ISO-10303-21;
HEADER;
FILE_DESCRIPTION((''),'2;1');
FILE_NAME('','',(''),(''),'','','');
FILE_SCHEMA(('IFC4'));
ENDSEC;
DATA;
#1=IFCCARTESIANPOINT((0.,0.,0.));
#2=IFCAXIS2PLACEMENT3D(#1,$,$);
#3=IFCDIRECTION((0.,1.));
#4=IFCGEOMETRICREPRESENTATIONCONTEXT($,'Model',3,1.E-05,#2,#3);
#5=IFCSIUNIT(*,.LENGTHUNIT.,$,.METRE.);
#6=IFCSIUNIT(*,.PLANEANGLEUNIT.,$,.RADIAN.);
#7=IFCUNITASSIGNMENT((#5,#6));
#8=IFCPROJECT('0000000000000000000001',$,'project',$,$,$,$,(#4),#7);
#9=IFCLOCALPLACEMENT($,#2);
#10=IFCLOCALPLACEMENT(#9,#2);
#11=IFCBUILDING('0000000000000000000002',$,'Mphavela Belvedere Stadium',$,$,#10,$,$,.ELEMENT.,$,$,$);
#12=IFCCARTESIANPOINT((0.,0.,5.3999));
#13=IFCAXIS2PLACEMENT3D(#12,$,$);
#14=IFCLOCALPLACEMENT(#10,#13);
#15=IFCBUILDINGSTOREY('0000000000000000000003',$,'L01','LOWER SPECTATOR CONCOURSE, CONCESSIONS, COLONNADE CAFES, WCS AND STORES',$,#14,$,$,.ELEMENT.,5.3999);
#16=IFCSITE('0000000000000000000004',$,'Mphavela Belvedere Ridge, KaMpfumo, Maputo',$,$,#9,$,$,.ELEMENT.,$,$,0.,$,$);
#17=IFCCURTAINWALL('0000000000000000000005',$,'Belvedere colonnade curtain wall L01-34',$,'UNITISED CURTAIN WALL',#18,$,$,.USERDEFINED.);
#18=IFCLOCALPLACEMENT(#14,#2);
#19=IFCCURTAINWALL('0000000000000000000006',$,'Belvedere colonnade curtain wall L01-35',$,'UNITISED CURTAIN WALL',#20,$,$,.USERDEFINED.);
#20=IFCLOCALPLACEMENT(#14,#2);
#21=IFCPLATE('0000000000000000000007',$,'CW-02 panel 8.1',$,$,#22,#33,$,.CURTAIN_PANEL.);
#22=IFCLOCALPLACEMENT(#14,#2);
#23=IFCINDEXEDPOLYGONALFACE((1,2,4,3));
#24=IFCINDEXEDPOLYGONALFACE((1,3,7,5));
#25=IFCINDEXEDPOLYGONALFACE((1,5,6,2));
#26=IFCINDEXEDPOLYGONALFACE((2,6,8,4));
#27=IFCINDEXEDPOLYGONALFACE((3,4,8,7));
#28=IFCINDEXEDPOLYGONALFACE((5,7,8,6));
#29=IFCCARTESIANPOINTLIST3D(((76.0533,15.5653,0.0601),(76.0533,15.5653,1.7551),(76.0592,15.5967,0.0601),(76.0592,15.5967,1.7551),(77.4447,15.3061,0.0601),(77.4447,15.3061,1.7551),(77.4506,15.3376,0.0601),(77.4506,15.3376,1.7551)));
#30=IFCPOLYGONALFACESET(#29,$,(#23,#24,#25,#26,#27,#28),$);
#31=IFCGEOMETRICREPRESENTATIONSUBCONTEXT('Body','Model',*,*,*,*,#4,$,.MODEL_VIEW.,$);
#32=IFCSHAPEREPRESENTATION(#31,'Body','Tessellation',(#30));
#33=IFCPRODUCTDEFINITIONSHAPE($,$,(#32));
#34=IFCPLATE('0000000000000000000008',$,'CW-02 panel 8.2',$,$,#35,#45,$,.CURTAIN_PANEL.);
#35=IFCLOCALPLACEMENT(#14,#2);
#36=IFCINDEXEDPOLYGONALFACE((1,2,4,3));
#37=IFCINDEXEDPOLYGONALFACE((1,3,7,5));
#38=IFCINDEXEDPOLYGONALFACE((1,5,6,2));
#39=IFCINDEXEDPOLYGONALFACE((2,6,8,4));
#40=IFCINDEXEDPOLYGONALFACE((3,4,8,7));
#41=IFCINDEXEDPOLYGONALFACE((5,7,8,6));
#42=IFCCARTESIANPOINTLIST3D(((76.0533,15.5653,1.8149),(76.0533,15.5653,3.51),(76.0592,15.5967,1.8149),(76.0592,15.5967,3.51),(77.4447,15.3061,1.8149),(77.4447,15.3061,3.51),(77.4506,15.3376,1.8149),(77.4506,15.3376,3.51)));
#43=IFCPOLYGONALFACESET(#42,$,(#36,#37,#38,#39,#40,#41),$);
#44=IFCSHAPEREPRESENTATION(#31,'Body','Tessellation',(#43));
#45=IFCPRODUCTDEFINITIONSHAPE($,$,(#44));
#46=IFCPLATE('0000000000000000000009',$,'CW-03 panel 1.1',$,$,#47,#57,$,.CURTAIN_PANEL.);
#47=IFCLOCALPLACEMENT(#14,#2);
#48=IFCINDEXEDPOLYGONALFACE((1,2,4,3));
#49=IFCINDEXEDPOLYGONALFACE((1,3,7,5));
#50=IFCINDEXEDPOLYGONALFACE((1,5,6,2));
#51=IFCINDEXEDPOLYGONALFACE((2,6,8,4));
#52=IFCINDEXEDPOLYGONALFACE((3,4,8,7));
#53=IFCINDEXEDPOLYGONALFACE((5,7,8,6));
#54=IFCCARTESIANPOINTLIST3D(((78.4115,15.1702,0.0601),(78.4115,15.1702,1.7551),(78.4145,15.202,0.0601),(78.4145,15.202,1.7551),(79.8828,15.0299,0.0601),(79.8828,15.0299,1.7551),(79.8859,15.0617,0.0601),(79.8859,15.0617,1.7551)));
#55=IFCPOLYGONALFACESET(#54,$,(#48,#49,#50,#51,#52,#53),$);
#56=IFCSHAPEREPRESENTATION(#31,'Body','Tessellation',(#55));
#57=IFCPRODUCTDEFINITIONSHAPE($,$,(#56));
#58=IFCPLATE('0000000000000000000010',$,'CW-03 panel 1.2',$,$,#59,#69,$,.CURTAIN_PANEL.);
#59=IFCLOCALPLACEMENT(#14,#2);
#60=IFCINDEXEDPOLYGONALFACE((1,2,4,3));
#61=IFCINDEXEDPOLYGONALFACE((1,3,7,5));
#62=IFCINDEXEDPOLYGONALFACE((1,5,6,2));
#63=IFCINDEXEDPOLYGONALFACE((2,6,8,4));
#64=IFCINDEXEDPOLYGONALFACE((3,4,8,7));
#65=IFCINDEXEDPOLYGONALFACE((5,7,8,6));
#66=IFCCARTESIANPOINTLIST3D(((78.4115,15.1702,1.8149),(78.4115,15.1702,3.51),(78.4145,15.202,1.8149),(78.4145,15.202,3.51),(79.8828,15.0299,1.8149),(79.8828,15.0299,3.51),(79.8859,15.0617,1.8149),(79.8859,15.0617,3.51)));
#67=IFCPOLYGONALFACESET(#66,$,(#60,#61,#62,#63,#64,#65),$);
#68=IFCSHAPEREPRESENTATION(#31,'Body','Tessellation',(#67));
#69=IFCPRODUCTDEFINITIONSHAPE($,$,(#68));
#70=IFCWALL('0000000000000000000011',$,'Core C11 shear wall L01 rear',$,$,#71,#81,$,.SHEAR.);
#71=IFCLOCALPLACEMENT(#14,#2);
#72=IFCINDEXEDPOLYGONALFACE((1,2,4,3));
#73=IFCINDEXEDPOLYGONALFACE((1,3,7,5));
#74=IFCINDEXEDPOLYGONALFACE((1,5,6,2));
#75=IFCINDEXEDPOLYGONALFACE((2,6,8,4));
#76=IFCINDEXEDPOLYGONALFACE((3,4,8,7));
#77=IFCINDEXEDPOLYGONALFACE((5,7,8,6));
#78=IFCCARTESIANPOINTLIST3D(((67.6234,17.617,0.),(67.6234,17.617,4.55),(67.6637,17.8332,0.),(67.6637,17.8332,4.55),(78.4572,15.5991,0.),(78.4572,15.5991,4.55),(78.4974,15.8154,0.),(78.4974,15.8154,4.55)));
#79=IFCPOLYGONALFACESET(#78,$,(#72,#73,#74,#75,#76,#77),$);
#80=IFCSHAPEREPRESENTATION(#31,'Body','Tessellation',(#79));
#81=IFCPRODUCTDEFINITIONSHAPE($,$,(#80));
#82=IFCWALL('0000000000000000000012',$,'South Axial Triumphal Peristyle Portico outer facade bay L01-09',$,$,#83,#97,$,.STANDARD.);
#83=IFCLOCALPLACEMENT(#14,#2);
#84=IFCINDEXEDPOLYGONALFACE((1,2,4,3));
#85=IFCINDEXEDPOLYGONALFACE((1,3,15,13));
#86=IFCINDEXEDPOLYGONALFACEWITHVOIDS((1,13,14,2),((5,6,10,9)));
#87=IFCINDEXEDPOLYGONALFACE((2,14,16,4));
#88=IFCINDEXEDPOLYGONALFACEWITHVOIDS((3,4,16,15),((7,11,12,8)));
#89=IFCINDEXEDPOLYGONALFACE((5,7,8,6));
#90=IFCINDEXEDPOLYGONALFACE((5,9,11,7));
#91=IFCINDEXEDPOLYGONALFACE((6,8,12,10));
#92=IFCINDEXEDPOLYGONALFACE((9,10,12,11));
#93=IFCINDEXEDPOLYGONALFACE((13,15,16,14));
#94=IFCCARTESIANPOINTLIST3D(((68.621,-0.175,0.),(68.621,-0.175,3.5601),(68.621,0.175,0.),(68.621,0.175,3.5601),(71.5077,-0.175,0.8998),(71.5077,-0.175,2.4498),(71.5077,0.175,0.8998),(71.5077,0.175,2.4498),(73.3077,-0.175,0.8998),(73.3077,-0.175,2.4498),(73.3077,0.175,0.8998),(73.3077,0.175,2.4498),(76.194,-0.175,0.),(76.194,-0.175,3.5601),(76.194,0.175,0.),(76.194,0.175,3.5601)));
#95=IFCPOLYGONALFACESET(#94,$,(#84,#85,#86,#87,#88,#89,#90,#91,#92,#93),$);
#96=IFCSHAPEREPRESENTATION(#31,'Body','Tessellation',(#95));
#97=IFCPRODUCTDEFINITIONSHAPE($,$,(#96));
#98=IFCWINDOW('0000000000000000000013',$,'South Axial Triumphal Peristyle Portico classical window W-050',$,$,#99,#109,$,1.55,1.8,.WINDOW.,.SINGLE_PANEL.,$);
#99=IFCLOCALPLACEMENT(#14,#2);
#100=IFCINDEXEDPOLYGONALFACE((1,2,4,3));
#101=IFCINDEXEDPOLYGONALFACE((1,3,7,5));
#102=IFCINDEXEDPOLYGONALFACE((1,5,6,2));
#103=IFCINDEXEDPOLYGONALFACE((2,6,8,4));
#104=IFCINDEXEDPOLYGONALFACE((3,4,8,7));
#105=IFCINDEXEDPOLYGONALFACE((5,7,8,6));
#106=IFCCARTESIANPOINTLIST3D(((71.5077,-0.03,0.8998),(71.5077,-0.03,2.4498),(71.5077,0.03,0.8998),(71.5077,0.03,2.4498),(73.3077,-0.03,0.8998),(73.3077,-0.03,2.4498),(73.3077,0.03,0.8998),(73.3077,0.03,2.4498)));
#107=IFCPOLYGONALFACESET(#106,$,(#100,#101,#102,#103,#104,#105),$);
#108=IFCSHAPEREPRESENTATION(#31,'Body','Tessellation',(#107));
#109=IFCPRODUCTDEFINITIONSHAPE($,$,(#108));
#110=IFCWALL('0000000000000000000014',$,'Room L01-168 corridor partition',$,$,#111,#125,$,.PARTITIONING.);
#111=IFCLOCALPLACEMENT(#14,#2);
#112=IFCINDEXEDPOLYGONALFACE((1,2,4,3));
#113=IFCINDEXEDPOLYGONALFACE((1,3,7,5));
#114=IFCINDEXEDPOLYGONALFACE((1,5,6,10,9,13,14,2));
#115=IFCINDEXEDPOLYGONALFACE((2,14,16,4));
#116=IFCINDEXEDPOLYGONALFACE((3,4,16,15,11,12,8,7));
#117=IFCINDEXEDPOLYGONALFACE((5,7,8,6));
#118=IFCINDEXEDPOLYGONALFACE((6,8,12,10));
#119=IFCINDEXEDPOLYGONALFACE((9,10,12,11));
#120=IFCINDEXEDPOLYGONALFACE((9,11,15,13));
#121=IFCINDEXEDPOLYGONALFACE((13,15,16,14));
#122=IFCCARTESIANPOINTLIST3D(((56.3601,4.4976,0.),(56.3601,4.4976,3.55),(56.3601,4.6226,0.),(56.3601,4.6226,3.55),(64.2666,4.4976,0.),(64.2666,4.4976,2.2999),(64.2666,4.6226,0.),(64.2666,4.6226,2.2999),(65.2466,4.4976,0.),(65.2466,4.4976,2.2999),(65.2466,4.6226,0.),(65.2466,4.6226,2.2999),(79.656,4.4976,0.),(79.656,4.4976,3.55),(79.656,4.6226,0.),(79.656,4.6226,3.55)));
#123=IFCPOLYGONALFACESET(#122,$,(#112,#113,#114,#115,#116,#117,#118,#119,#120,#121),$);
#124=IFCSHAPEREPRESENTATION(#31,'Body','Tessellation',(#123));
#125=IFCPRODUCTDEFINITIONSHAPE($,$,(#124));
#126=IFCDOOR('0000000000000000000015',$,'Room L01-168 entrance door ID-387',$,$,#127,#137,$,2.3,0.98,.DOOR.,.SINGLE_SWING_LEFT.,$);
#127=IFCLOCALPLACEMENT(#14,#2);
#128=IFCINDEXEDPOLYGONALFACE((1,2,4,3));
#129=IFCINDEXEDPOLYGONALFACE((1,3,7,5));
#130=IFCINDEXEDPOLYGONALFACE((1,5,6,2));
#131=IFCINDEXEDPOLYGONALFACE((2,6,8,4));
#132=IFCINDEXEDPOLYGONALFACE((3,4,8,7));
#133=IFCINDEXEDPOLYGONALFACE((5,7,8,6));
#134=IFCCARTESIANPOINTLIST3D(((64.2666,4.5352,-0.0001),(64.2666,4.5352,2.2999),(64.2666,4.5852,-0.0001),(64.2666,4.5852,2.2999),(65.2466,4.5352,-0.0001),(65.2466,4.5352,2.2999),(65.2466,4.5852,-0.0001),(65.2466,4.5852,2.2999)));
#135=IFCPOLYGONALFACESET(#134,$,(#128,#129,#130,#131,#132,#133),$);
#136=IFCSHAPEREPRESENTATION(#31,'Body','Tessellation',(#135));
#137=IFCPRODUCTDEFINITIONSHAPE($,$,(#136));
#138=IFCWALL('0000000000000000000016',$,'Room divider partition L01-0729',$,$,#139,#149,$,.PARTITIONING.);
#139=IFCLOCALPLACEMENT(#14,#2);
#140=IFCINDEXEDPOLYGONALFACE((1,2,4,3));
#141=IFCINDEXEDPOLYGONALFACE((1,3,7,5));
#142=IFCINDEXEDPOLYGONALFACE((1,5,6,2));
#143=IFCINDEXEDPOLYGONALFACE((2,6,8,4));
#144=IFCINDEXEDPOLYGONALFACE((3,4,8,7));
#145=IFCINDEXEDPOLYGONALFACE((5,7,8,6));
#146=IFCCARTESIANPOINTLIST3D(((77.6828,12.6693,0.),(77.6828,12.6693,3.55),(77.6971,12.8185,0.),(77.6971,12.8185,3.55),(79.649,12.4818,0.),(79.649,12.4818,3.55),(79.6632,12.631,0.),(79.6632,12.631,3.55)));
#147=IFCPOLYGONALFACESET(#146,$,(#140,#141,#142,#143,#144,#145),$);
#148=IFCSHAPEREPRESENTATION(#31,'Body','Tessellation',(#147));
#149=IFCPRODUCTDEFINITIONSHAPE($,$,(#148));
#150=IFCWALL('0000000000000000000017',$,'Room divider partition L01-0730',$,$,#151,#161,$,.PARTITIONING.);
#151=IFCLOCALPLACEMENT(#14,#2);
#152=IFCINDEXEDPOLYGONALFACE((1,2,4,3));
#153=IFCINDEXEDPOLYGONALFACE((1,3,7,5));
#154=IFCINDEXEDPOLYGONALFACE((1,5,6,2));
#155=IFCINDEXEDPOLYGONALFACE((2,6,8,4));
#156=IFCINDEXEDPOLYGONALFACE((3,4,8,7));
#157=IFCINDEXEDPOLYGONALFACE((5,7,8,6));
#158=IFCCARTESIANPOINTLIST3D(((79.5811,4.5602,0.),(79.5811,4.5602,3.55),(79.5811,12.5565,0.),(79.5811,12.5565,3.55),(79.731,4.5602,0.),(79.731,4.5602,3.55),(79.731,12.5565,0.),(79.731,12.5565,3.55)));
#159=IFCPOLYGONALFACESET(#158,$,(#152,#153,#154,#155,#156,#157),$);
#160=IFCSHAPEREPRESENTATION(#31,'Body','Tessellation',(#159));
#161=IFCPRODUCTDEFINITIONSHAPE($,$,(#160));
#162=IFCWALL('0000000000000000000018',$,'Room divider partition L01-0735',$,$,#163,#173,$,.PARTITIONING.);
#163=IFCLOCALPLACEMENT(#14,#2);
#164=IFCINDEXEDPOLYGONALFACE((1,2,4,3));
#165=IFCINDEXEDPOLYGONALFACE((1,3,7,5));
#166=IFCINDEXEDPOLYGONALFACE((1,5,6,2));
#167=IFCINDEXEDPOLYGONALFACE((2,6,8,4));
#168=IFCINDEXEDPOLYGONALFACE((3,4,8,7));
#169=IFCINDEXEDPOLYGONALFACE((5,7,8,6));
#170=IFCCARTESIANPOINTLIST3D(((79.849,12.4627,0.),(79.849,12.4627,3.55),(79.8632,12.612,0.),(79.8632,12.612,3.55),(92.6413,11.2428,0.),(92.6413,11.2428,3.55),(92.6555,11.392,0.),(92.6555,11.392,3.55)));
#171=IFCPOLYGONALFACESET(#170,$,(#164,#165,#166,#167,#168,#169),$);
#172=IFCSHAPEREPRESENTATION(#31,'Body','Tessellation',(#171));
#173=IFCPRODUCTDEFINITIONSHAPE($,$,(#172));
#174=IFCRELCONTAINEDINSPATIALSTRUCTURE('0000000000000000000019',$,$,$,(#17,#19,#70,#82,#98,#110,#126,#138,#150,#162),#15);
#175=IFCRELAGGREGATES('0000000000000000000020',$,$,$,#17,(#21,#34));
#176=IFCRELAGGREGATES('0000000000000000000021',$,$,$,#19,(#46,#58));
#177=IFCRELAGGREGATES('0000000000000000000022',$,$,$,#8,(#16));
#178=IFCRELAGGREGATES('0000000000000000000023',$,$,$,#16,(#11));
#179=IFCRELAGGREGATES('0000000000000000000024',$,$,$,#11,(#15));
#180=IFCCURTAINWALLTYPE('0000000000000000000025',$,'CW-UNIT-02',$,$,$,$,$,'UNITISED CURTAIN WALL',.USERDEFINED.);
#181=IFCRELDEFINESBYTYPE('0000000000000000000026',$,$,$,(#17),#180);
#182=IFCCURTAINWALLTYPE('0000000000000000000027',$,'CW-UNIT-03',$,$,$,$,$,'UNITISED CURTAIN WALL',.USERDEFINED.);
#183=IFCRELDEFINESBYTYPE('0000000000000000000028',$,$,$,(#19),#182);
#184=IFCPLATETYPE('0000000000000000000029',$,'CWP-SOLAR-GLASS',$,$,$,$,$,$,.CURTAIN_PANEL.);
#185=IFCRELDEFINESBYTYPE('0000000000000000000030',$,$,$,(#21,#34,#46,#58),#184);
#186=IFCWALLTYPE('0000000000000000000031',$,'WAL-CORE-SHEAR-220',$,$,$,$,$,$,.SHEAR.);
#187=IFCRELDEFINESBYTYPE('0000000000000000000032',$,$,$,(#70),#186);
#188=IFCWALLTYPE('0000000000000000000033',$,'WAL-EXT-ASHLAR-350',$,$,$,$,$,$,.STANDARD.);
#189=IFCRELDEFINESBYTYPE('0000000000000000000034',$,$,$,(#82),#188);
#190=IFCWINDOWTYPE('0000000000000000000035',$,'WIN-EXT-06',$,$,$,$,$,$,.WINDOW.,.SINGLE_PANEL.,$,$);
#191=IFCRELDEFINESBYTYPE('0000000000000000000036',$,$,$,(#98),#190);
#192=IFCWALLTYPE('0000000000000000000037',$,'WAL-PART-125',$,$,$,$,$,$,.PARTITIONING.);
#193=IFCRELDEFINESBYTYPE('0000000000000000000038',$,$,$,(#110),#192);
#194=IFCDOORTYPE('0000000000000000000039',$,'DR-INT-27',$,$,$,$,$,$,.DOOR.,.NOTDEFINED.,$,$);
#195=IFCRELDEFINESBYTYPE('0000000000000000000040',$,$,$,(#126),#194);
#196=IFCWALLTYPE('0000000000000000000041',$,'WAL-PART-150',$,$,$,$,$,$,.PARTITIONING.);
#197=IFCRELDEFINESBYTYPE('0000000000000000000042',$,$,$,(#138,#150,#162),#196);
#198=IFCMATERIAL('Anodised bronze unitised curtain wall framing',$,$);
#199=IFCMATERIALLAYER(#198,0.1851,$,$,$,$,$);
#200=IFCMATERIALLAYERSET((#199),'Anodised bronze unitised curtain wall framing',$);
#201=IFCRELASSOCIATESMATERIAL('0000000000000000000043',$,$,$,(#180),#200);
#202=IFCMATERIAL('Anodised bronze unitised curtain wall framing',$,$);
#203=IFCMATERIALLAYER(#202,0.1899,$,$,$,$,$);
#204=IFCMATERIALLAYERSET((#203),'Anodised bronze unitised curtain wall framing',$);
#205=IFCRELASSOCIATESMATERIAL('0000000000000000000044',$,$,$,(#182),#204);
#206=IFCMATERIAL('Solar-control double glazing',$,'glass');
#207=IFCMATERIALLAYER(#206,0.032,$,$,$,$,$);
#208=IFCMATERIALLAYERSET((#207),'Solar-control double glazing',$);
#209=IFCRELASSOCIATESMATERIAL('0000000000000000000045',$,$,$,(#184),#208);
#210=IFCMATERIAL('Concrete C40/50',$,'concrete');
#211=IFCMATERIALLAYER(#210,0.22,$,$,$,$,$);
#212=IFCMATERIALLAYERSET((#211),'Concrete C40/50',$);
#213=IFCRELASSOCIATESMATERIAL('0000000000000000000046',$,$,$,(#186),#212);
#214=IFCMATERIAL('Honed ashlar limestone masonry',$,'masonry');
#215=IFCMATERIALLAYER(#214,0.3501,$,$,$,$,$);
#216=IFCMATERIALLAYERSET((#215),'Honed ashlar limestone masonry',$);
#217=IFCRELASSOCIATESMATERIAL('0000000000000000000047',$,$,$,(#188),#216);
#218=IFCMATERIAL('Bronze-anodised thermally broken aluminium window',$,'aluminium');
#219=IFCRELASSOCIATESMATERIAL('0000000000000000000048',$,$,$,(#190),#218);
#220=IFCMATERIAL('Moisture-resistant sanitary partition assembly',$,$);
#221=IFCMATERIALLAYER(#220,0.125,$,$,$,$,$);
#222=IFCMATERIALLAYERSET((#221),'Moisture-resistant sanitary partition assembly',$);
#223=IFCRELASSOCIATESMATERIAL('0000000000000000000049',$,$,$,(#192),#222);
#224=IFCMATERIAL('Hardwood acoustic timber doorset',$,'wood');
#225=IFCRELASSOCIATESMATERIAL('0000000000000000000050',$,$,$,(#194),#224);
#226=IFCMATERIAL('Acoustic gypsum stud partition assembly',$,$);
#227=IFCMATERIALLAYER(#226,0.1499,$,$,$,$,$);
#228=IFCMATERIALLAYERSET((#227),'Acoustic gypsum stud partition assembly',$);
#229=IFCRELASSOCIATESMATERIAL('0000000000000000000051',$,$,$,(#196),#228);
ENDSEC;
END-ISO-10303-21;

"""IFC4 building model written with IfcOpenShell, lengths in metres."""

from ifc_helpers import new_model, si_unit, direction, frame, frame_2d, origin, origin_2d, place, context, subcontext, project, spatial, rectangle, extrude, material, layer, layer_set, type_object, element, fill, aggregate, save


model = new_model("IFC4")

# Units and contexts
model_context = context("Model", 3, precision=1e-05, world=origin(), true_north=direction((0.0, 1.0)))
body_context = subcontext(model_context, "Body", "Model", "MODEL_VIEW")
ifc_project = project(units=[si_unit("LENGTHUNIT", "METRE"), si_unit("PLANEANGLEUNIT", "RADIAN")], contexts=[model_context])

# Site, building, storey
site_placement = place(None, origin())
site = spatial("IfcSite", under=ifc_project, at=site_placement, Name="Mphavela Belvedere Ridge, KaMpfumo, Maputo", CompositionType="ELEMENT", RefElevation=0.0)
building_placement = place(site_placement, origin())
building = spatial("IfcBuilding", under=site, at=building_placement, Name="Mphavela Belvedere Stadium", CompositionType="ELEMENT")
storey_placement = place(building_placement, frame((0.0, 0.0, 5.3999)))
storey = spatial("IfcBuildingStorey", under=building, at=storey_placement, Name="L01", Description="LOWER SPECTATOR CONCOURSE, CONCESSIONS, COLONNADE CAFES, WCS AND STORES", CompositionType="ELEMENT", Elevation=5.3999)

# Curtain walls
ifc_material_1 = material(Name="Anodised bronze unitised curtain wall framing")
ifc_layer_1 = layer(ifc_material_1, 0.1851)
ifc_layer_set_1 = layer_set([ifc_layer_1], Name="Anodised bronze unitised curtain wall framing")
curtain_wall_type_1 = type_object("IfcCurtainWallType", Name="CW-UNIT-02", ElementType="UNITISED CURTAIN WALL", PredefinedType="USERDEFINED", material=ifc_layer_set_1)
curtain_wall_1_placement = place(storey_placement, origin())
curtain_wall_1 = element("IfcCurtainWall", 1, at=curtain_wall_1_placement, inside=storey, type_object=curtain_wall_type_1, Name="Belvedere colonnade curtain wall L01-34", ObjectType="UNITISED CURTAIN WALL", PredefinedType="USERDEFINED")
ifc_material_2 = material(Name="Anodised bronze unitised curtain wall framing")
ifc_layer_2 = layer(ifc_material_2, 0.1899)
ifc_layer_set_2 = layer_set([ifc_layer_2], Name="Anodised bronze unitised curtain wall framing")
curtain_wall_type_2 = type_object("IfcCurtainWallType", Name="CW-UNIT-03", ElementType="UNITISED CURTAIN WALL", PredefinedType="USERDEFINED", material=ifc_layer_set_2)
curtain_wall_2_placement = place(storey_placement, origin())
curtain_wall_2 = element("IfcCurtainWall", 2, at=curtain_wall_2_placement, inside=storey, type_object=curtain_wall_type_2, Name="Belvedere colonnade curtain wall L01-35", ObjectType="UNITISED CURTAIN WALL", PredefinedType="USERDEFINED")

# Plates
ifc_material_3 = material(Name="Solar-control double glazing", Category="glass")
ifc_layer_3 = layer(ifc_material_3, 0.032)
ifc_layer_set_3 = layer_set([ifc_layer_3], Name="Solar-control double glazing")
plate_type = type_object("IfcPlateType", Name="CWP-SOLAR-GLASS", PredefinedType="CURTAIN_PANEL", material=ifc_layer_set_3)
plate_1_placement = place(storey_placement, frame((76.752, 15.4514, 0.0601), z_axis=(0.0, 0.0, 1.0), x_axis=(0.983095, -0.183095, 0.0)))
plate_1 = element("IfcPlate", 3, at=plate_1_placement, type_object=plate_type, Name="CW-02 panel 8.1", PredefinedType="CURTAIN_PANEL", context=body_context, shape_type="SweptSolid", body=[
    extrude(rectangle(XDim=1.4153, YDim=0.032, at=origin_2d()), origin(), (0.0, 0.0, 1.0), 1.6951),
])
plate_2_placement = place(storey_placement, frame((76.752, 15.4514, 1.8149), z_axis=(0.0, 0.0, 1.0), x_axis=(0.983095, -0.183095, 0.0)))
plate_2 = element("IfcPlate", 4, at=plate_2_placement, type_object=plate_type, Name="CW-02 panel 8.2", PredefinedType="CURTAIN_PANEL", context=body_context, shape_type="SweptSolid", body=[
    extrude(rectangle(XDim=1.4153, YDim=0.032, at=origin_2d()), origin(), (0.0, 0.0, 1.0), 1.6951),
])
aggregate(curtain_wall_1, [plate_1, plate_2])
plate_3_placement = place(storey_placement, frame((79.1487, 15.116, 0.0601), z_axis=(0.0, 0.0, 1.0), x_axis=(0.995485, -0.094922, 0.0)))
plate_3 = element("IfcPlate", 5, at=plate_3_placement, type_object=plate_type, Name="CW-03 panel 1.1", PredefinedType="CURTAIN_PANEL", context=body_context, shape_type="SweptSolid", body=[
    extrude(rectangle(XDim=1.478, YDim=0.032, at=origin_2d()), origin(), (0.0, 0.0, 1.0), 1.6951),
])
plate_4_placement = place(storey_placement, frame((79.1487, 15.116, 1.8149), z_axis=(0.0, 0.0, 1.0), x_axis=(0.995485, -0.094922, 0.0)))
plate_4 = element("IfcPlate", 6, at=plate_4_placement, type_object=plate_type, Name="CW-03 panel 1.2", PredefinedType="CURTAIN_PANEL", context=body_context, shape_type="SweptSolid", body=[
    extrude(rectangle(XDim=1.478, YDim=0.032, at=origin_2d()), origin(), (0.0, 0.0, 1.0), 1.6951),
])
aggregate(curtain_wall_2, [plate_3, plate_4])

# Wall
ifc_material_4 = material(Name="Concrete C40/50", Category="concrete")
ifc_layer_4 = layer(ifc_material_4, 0.22)
ifc_layer_set_4 = layer_set([ifc_layer_4], Name="Concrete C40/50")
wall_type_1 = type_object("IfcWallType", Name="WAL-CORE-SHEAR-220", PredefinedType="SHEAR", material=ifc_layer_set_4)
wall_1_placement = place(storey_placement, frame((78.4773, 15.7073, 0.0), z_axis=(0.0, 0.0, 1.0), x_axis=(-0.983093, 0.183105, 0.0)))
element("IfcWall", 7, at=wall_1_placement, inside=storey, type_object=wall_type_1, Name="Core C11 shear wall L01 rear", PredefinedType="SHEAR", context=body_context, shape_type="SweptSolid", body=[
    extrude(rectangle(XDim=11.02, YDim=0.22, at=frame_2d((5.51, 0.0))), origin(), (0.0, 0.0, 1.0), 4.55),
])

# Wall, opening, window
ifc_material_5 = material(Name="Honed ashlar limestone masonry", Category="masonry")
ifc_layer_5 = layer(ifc_material_5, 0.3501)
ifc_layer_set_5 = layer_set([ifc_layer_5], Name="Honed ashlar limestone masonry")
wall_type_2 = type_object("IfcWallType", Name="WAL-EXT-ASHLAR-350", PredefinedType="STANDARD", material=ifc_layer_set_5)
wall_2_placement = place(storey_placement, frame((76.1941, 0.0, 0.0), z_axis=(0.0, 0.0, 1.0), x_axis=(-1.0, 0.0, 0.0)))
wall_2 = element("IfcWall", 8, at=wall_2_placement, inside=storey, type_object=wall_type_2, Name="South Axial Triumphal Peristyle Portico outer facade bay L01-09", PredefinedType="STANDARD", context=body_context, shape_type="SweptSolid", body=[
    extrude(rectangle(XDim=7.573, YDim=0.3501, at=frame_2d((3.7866, 0.0))), origin(), (0.0, 0.0, 1.0), 3.5601),
])
opening_1_placement = place(wall_2_placement, frame((2.8865, 0.0, 0.8999)))
opening_1 = element("IfcOpeningElement", 9, at=opening_1_placement, cuts=wall_2, PredefinedType="OPENING", context=body_context, shape_type="SweptSolid", body=[
    extrude(rectangle(XDim=1.8, YDim=1.55, at=frame_2d((0.8999, 0.7749))), frame((0.0, 0.1851, 0.0), z_axis=(0.0, -1.0, 0.0), x_axis=(1.0, 0.0, 0.0)), (0.0, 0.0, 1.0), 0.3701),
])
ifc_material_6 = material(Name="Bronze-anodised thermally broken aluminium window", Category="aluminium")
window_type = type_object("IfcWindowType", Name="WIN-EXT-06", PartitioningType="SINGLE_PANEL", PredefinedType="WINDOW", material=ifc_material_6)
window_placement = place(opening_1_placement, origin())
window = element("IfcWindow", 10, at=window_placement, inside=storey, type_object=window_type, Name="South Axial Triumphal Peristyle Portico classical window W-050", OverallHeight=1.55, OverallWidth=1.8, PartitioningType="SINGLE_PANEL", PredefinedType="WINDOW", context=body_context, shape_type="SweptSolid", body=[
    extrude(rectangle(XDim=1.8, YDim=1.55, at=frame_2d((0.8999, 0.7749))), frame((0.0, 0.03, 0.0), z_axis=(0.0, -1.0, 0.0), x_axis=(1.0, 0.0, 0.0)), (0.0, 0.0, 1.0), 0.0601),
])
fill(opening_1, window)

# Wall, opening, door
ifc_material_7 = material(Name="Moisture-resistant sanitary partition assembly")
ifc_layer_6 = layer(ifc_material_7, 0.125)
ifc_layer_set_6 = layer_set([ifc_layer_6], Name="Moisture-resistant sanitary partition assembly")
wall_type_3 = type_object("IfcWallType", Name="WAL-PART-125", PredefinedType="PARTITIONING", material=ifc_layer_set_6)
wall_3_placement = place(storey_placement, frame((79.656, 4.5601, 0.0), z_axis=(0.0, 0.0, 1.0), x_axis=(-1.0, 0.0, 0.0)))
wall_3 = element("IfcWall", 11, at=wall_3_placement, inside=storey, type_object=wall_type_3, Name="Room L01-168 corridor partition", PredefinedType="PARTITIONING", context=body_context, shape_type="SweptSolid", body=[
    extrude(rectangle(XDim=23.2959, YDim=0.125, at=frame_2d((11.6479, 0.0))), origin(), (0.0, 0.0, 1.0), 3.55),
])
opening_2_placement = place(wall_3_placement, frame((14.4094, 0.0, 0.0)))
opening_2 = element("IfcOpeningElement", 12, at=opening_2_placement, cuts=wall_3, PredefinedType="OPENING", context=body_context, shape_type="SweptSolid", body=[
    extrude(rectangle(XDim=0.98, YDim=2.3, at=frame_2d((0.49, 1.1499))), frame((0.0, 0.0725, 0.0), z_axis=(0.0, -1.0, 0.0), x_axis=(1.0, 0.0, 0.0)), (0.0, 0.0, 1.0), 0.145),
])
ifc_material_8 = material(Name="Hardwood acoustic timber doorset", Category="wood")
door_type = type_object("IfcDoorType", Name="DR-INT-27", OperationType="NOTDEFINED", PredefinedType="DOOR", material=ifc_material_8)
door_placement = place(opening_2_placement, origin())
door = element("IfcDoor", 13, at=door_placement, inside=storey, type_object=door_type, Name="Room L01-168 entrance door ID-387", OperationType="SINGLE_SWING_LEFT", OverallHeight=2.3, OverallWidth=0.98, PredefinedType="DOOR", context=body_context, shape_type="SweptSolid", body=[
    extrude(rectangle(XDim=0.98, YDim=2.3, at=frame_2d((0.49, 1.1499))), frame((0.0, 0.0249, 0.0), z_axis=(0.0, -1.0, 0.0), x_axis=(1.0, 0.0, 0.0)), (0.0, 0.0, 1.0), 0.05),
])
fill(opening_2, door)

# Walls
ifc_material_9 = material(Name="Acoustic gypsum stud partition assembly")
ifc_layer_7 = layer(ifc_material_9, 0.1499)
ifc_layer_set_7 = layer_set([ifc_layer_7], Name="Acoustic gypsum stud partition assembly")
wall_type_4 = type_object("IfcWallType", Name="WAL-PART-150", PredefinedType="PARTITIONING", material=ifc_layer_set_7)
wall_4_placement = place(storey_placement, frame((77.6899, 12.7439, 0.0), z_axis=(0.0, 0.0, 1.0), x_axis=(0.995483, -0.094937, 0.0)))
element("IfcWall", 14, at=wall_4_placement, inside=storey, type_object=wall_type_4, Name="Room divider partition L01-0729", PredefinedType="PARTITIONING", context=body_context, shape_type="SweptSolid", body=[
    extrude(rectangle(XDim=1.9751, YDim=0.1499, at=frame_2d((0.9875, 0.0))), origin(), (0.0, 0.0, 1.0), 3.55),
])
wall_5_placement = place(storey_placement, frame((79.656, 12.5564, 0.0), z_axis=(0.0, 0.0, 1.0), x_axis=(0.0, -1.0, 0.0)))
element("IfcWall", 15, at=wall_5_placement, inside=storey, type_object=wall_type_4, Name="Room divider partition L01-0730", PredefinedType="PARTITIONING", context=body_context, shape_type="SweptSolid", body=[
    extrude(rectangle(XDim=7.9963, YDim=0.1499, at=frame_2d((3.998, 0.0))), origin(), (0.0, 0.0, 1.0), 3.55),
])
wall_6_placement = place(storey_placement, frame((79.856, 12.5374, 0.0), z_axis=(0.0, 0.0, 1.0), x_axis=(0.995483, -0.094937, 0.0)))
element("IfcWall", 16, at=wall_6_placement, inside=storey, type_object=wall_type_4, Name="Room divider partition L01-0735", PredefinedType="PARTITIONING", context=body_context, shape_type="SweptSolid", body=[
    extrude(rectangle(XDim=12.8503, YDim=0.1499, at=frame_2d((6.4253, 0.0))), origin(), (0.0, 0.0, 1.0), 3.55),
])

save(model, "model.ifc")
